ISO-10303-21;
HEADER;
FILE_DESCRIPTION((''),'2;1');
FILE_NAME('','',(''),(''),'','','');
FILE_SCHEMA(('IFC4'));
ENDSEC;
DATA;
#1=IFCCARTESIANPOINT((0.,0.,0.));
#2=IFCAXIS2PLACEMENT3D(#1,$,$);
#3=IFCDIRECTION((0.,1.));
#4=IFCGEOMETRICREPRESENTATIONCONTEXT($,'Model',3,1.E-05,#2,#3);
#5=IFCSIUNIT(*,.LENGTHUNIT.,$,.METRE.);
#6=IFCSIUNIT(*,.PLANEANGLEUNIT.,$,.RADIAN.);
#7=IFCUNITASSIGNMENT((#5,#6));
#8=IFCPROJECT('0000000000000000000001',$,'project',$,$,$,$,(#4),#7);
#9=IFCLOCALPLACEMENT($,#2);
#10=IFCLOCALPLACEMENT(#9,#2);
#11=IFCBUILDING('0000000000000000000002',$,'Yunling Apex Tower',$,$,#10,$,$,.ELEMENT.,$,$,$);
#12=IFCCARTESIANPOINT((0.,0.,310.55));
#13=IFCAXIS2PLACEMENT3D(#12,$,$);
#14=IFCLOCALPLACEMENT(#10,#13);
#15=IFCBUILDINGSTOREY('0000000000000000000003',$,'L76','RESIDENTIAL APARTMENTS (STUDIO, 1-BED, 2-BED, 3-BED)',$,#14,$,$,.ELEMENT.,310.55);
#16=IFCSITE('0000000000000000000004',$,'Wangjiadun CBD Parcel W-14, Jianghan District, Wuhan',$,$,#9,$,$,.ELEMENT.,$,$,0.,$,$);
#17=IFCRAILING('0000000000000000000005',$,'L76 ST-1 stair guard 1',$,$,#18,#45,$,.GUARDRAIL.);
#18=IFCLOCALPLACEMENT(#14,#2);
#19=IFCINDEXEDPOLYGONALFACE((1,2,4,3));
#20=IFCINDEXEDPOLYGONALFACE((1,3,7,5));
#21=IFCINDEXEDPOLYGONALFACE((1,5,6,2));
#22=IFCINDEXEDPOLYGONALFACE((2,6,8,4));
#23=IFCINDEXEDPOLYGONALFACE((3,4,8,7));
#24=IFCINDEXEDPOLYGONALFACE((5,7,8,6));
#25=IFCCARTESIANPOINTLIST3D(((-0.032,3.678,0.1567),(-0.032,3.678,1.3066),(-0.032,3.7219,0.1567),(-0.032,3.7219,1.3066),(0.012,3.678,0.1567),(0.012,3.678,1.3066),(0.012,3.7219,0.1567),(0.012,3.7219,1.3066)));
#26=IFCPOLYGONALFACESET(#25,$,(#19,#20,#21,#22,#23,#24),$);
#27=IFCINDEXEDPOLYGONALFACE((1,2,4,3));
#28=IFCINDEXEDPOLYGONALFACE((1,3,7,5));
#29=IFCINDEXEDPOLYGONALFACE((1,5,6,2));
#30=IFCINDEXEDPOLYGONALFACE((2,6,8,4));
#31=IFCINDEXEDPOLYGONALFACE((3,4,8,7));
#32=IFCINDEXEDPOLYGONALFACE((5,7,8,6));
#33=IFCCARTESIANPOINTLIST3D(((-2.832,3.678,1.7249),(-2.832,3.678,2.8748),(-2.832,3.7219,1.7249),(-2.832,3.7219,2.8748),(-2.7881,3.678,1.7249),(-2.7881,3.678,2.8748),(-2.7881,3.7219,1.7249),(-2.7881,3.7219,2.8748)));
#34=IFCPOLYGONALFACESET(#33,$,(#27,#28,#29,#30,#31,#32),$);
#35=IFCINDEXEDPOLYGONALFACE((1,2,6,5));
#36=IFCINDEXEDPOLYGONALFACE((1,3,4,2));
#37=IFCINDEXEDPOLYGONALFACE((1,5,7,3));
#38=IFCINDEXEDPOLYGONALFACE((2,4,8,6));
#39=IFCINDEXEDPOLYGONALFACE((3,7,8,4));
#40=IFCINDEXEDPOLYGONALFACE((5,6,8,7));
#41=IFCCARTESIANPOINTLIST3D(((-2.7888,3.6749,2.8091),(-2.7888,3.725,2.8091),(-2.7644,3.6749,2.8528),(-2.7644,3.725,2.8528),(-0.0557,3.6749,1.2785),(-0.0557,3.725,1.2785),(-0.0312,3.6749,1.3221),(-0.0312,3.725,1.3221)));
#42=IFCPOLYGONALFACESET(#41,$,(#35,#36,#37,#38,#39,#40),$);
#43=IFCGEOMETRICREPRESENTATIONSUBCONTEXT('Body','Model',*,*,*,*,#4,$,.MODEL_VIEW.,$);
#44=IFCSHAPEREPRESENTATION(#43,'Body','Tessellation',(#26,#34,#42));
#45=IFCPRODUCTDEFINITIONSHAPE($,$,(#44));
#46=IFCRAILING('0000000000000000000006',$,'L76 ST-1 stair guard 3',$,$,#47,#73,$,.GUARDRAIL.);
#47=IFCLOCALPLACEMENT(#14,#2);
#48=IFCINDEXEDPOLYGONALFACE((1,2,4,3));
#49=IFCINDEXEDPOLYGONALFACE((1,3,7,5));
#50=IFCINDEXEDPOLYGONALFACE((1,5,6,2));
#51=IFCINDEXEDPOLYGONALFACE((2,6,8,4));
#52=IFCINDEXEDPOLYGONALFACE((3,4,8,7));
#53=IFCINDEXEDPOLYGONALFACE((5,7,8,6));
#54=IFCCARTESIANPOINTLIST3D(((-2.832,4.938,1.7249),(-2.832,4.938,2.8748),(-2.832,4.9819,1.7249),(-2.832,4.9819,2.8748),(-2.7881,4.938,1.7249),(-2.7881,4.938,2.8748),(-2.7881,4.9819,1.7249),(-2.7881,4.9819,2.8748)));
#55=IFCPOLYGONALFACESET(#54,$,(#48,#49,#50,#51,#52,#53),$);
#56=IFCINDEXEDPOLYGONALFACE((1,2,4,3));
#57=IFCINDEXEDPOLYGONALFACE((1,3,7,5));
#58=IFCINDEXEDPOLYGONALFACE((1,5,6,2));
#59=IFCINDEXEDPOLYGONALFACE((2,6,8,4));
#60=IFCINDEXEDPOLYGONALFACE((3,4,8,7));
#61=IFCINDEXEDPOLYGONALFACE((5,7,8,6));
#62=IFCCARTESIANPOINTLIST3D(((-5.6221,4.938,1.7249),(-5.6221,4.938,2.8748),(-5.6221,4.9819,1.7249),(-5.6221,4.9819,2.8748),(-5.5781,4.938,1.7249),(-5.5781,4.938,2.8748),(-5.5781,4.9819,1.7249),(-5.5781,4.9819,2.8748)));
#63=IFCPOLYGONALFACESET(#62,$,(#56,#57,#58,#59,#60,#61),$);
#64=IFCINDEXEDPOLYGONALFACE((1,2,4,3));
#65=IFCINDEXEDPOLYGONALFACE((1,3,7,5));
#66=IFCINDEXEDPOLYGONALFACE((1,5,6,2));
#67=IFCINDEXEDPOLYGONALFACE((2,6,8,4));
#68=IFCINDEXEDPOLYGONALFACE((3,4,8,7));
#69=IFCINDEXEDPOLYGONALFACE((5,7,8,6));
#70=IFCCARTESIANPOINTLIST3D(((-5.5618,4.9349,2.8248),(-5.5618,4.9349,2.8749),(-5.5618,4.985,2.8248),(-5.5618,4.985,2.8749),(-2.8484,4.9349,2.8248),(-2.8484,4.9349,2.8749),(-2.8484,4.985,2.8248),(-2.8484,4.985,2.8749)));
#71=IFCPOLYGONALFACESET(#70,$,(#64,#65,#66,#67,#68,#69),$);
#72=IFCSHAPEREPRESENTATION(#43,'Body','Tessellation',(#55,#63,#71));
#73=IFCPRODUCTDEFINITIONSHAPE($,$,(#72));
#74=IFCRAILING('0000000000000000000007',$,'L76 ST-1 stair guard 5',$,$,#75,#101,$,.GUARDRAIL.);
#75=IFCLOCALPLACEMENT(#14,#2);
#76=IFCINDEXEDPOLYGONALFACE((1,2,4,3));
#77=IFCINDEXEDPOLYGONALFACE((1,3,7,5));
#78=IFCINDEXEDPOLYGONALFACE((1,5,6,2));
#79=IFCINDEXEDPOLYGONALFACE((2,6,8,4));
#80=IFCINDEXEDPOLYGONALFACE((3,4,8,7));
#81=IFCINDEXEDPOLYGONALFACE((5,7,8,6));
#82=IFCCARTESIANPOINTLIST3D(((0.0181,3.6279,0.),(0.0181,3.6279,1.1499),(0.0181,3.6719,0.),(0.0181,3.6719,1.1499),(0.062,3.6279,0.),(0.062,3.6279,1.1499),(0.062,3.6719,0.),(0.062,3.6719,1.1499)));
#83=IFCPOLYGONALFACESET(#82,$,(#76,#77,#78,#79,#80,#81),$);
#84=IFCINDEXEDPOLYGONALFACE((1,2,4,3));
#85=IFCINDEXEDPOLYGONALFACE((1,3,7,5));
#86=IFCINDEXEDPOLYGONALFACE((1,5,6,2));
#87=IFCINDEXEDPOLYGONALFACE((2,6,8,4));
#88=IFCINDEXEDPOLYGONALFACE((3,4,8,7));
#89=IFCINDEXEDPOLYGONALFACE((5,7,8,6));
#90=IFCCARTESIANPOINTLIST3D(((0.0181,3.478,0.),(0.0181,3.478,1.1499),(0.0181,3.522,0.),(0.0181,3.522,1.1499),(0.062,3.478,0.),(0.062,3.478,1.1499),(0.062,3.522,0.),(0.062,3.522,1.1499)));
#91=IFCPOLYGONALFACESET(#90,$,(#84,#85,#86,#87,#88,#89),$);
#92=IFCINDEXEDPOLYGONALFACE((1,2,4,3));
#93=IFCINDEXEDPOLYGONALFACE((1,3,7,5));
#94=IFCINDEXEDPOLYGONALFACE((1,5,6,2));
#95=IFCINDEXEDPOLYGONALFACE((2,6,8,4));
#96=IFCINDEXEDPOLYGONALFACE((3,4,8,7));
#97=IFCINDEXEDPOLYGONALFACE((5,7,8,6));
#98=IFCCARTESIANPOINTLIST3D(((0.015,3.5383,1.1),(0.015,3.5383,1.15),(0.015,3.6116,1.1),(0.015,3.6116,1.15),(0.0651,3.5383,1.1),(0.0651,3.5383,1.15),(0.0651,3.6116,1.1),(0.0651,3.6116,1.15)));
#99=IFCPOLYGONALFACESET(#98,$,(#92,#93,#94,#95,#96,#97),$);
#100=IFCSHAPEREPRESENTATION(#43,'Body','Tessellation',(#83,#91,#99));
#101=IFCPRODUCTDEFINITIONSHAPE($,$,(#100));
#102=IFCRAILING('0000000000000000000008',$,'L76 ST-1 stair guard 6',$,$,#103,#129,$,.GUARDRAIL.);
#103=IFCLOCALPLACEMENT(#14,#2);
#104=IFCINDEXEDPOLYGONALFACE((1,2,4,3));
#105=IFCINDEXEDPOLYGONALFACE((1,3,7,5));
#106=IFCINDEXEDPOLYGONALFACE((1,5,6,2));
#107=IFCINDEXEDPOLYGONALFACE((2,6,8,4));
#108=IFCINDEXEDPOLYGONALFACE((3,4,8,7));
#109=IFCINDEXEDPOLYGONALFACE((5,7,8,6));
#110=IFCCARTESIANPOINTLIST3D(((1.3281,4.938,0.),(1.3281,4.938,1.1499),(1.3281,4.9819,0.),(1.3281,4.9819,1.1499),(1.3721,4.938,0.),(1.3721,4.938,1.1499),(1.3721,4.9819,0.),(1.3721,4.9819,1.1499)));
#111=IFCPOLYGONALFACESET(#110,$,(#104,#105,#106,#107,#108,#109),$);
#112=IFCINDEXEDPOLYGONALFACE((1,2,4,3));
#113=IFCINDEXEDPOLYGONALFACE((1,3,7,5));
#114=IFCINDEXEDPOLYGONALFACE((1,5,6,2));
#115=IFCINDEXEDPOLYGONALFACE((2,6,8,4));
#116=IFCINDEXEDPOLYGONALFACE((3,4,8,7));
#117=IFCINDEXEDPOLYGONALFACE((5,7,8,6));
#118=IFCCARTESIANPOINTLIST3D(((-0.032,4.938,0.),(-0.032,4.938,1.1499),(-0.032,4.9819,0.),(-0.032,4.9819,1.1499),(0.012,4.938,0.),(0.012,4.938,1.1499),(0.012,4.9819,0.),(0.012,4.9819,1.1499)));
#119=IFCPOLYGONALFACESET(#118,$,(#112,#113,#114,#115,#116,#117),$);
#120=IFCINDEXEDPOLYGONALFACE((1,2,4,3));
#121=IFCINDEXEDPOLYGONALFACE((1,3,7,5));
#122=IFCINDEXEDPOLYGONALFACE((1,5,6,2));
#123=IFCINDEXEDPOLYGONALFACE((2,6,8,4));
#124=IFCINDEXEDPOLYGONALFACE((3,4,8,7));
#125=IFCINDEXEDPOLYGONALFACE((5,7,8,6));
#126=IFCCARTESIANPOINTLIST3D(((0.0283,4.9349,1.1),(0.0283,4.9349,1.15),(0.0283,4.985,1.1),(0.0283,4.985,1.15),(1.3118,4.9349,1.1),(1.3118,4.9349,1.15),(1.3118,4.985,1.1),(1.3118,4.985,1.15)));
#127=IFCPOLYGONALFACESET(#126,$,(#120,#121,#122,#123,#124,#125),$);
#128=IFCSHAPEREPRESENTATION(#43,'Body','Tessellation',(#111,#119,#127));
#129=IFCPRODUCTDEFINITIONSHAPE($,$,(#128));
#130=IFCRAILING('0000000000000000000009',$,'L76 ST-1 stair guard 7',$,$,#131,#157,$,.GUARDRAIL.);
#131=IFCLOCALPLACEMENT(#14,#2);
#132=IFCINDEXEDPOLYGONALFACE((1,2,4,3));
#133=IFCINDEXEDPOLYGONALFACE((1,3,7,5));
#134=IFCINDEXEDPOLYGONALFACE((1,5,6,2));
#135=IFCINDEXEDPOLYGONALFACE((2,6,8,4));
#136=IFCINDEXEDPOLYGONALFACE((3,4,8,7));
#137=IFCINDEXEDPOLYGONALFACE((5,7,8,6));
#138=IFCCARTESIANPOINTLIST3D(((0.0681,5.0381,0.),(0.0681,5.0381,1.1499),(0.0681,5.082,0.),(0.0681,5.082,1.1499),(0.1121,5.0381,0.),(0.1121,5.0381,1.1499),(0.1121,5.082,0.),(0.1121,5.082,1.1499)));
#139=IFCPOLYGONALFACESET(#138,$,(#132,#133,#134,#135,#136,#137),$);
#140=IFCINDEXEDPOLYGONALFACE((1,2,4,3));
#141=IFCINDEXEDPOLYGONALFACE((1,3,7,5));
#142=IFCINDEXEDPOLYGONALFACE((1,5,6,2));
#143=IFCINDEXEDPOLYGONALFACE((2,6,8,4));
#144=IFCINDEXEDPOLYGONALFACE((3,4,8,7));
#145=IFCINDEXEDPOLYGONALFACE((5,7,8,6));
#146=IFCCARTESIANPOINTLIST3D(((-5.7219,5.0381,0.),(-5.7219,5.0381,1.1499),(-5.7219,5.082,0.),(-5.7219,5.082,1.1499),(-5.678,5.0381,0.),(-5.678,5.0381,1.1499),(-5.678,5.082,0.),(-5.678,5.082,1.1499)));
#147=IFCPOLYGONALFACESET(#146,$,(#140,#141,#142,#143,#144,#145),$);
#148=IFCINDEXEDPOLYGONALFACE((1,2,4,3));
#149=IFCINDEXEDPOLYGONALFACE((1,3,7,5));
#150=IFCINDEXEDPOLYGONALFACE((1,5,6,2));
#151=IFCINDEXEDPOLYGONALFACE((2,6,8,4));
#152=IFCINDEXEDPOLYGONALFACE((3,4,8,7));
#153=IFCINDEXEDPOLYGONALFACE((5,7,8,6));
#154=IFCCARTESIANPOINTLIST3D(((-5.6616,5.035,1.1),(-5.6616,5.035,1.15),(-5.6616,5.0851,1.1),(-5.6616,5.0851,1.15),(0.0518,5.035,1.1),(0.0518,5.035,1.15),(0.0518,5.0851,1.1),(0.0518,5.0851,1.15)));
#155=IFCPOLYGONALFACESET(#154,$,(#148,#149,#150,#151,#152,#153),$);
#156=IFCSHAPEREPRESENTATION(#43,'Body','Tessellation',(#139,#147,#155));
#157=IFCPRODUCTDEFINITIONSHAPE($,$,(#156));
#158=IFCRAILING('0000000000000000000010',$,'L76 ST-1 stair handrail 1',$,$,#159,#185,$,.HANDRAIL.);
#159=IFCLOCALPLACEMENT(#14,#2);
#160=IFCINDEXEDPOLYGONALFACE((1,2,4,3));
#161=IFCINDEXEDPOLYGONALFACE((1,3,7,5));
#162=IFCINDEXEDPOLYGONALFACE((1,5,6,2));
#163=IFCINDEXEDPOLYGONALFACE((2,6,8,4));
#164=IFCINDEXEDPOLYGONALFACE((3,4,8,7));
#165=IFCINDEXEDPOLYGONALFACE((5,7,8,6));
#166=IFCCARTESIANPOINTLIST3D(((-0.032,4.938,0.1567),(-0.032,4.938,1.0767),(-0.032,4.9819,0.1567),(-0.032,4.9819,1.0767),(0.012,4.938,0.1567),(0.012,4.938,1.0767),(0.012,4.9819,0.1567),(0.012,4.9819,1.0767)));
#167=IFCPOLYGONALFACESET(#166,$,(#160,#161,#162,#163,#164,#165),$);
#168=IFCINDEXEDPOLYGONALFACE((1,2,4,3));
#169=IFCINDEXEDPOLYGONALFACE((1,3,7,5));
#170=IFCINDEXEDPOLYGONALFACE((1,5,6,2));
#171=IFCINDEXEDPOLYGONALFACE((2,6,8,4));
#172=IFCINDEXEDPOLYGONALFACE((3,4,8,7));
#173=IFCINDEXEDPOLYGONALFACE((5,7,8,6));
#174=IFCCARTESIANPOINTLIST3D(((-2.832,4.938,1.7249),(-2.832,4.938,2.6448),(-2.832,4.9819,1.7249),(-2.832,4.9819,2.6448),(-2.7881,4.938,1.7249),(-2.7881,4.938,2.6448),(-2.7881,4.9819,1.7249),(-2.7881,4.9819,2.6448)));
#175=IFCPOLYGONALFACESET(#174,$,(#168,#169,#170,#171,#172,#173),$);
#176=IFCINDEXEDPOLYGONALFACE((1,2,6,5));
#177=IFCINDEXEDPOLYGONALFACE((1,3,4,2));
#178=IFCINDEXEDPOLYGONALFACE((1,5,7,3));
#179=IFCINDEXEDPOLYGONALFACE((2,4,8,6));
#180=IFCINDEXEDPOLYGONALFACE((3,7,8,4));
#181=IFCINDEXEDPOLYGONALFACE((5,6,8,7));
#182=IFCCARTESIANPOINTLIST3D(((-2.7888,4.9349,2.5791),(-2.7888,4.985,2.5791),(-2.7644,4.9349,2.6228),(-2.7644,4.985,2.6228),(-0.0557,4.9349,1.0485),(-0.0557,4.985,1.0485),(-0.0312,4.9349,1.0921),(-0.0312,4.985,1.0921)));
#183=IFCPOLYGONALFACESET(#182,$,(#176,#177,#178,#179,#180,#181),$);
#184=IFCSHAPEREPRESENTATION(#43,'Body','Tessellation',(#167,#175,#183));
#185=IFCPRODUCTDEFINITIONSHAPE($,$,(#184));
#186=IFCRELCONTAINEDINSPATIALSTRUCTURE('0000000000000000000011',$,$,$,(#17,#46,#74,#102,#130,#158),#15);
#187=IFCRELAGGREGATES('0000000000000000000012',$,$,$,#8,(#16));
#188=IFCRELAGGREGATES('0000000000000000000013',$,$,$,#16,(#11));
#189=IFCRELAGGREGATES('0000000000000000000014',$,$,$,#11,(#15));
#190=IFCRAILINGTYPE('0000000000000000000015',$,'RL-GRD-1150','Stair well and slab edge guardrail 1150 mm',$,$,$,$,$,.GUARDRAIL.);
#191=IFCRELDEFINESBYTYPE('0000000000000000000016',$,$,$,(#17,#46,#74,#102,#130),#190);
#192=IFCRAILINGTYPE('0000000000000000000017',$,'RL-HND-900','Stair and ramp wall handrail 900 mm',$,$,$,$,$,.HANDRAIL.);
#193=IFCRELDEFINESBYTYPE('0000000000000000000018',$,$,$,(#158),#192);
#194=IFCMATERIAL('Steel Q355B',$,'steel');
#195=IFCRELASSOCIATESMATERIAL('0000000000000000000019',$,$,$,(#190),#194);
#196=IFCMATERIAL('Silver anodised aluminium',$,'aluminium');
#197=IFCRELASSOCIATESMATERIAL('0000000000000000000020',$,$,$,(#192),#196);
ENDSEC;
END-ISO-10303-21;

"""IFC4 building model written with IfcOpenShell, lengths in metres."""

from ifc_helpers import new_model, si_unit, direction, frame, origin, origin_2d, place, context, subcontext, project, spatial, rectangle, extrude, material, type_object, element, save


model = new_model("IFC4")

# Units and contexts
model_context = context("Model", 3, precision=1e-05, world=origin(), true_north=direction((0.0, 1.0)))
body_context = subcontext(model_context, "Body", "Model", "MODEL_VIEW")
ifc_project = project(units=[si_unit("LENGTHUNIT", "METRE"), si_unit("PLANEANGLEUNIT", "RADIAN")], contexts=[model_context])

# Site, building, storey
site_placement = place(None, origin())
site = spatial("IfcSite", under=ifc_project, at=site_placement, Name="Wangjiadun CBD Parcel W-14, Jianghan District, Wuhan", CompositionType="ELEMENT", RefElevation=0.0)
building_placement = place(site_placement, origin())
building = spatial("IfcBuilding", under=site, at=building_placement, Name="Yunling Apex Tower", CompositionType="ELEMENT")
storey_placement = place(building_placement, frame((0.0, 0.0, 310.55)))
storey = spatial("IfcBuildingStorey", under=building, at=storey_placement, Name="L76", Description="RESIDENTIAL APARTMENTS (STUDIO, 1-BED, 2-BED, 3-BED)", CompositionType="ELEMENT", Elevation=310.55)

# Shared definitions
ifc_material_1 = material(Name="Steel Q355B", Category="steel")

# Railings
railing_type_1 = type_object("IfcRailingType", Name="RL-GRD-1150", Description="Stair well and slab edge guardrail 1150 mm", PredefinedType="GUARDRAIL", material=ifc_material_1)
railing_1_placement = place(storey_placement, frame((-0.01, 3.7, 0.1567)))
element("IfcRailing", 1, at=railing_1_placement, inside=storey, type_object=railing_type_1, Name="L76 ST-1 stair guard 1", PredefinedType="GUARDRAIL", context=body_context, shape_type="SweptSolid", body=[
    extrude(rectangle(XDim=0.0439, YDim=0.0439, at=origin_2d()), origin(), (0.0, 0.0, 1.0), 1.1499),
    extrude(rectangle(XDim=0.0439, YDim=0.0439, at=origin_2d()), frame((-2.8, 0.0, 1.5681)), (0.0, 0.0, 1.0), 1.1499),
    extrude(rectangle(XDim=0.05, YDim=0.05, at=origin_2d()), frame((-0.0334, 0.0, 1.1436), z_axis=(-0.872494, 0.0, 0.488624), x_axis=(0.0, -1.0, 0.0)), (0.0, 0.0, 1.0), 3.1326),
])
railing_2_placement = place(storey_placement, frame((-2.8101, 4.96, 1.7249)))
element("IfcRailing", 2, at=railing_2_placement, inside=storey, type_object=railing_type_1, Name="L76 ST-1 stair guard 3", PredefinedType="GUARDRAIL", context=body_context, shape_type="SweptSolid", body=[
    extrude(rectangle(XDim=0.0439, YDim=0.0439, at=origin_2d()), origin(), (0.0, 0.0, 1.0), 1.1499),
    extrude(rectangle(XDim=0.0439, YDim=0.0439, at=origin_2d()), frame((-2.79, 0.0, 0.0)), (0.0, 0.0, 1.0), 1.1499),
    extrude(rectangle(XDim=0.05, YDim=0.05, at=origin_2d()), frame((-0.0383, 0.0, 1.125), z_axis=(-1.0, 0.0, 0.0), x_axis=(0.0, -1.0, 0.0)), (0.0, 0.0, 1.0), 2.7134),
])
railing_3_placement = place(storey_placement, frame((0.04, 3.6499, 0.0)))
element("IfcRailing", 3, at=railing_3_placement, inside=storey, type_object=railing_type_1, Name="L76 ST-1 stair guard 5", PredefinedType="GUARDRAIL", context=body_context, shape_type="SweptSolid", body=[
    extrude(rectangle(XDim=0.0439, YDim=0.0439, at=origin_2d()), origin(), (0.0, 0.0, 1.0), 1.1499),
    extrude(rectangle(XDim=0.0439, YDim=0.0439, at=origin_2d()), frame((0.0, -0.1499, 0.0)), (0.0, 0.0, 1.0), 1.1499),
    extrude(rectangle(XDim=0.05, YDim=0.05, at=origin_2d()), frame((0.0, -0.0383, 1.125), z_axis=(0.0, -1.0, 0.0), x_axis=(1.0, 0.0, 0.0)), (0.0, 0.0, 1.0), 0.0732),
])
railing_4_placement = place(storey_placement, frame((1.3501, 4.96, 0.0)))
element("IfcRailing", 4, at=railing_4_placement, inside=storey, type_object=railing_type_1, Name="L76 ST-1 stair guard 6", PredefinedType="GUARDRAIL", context=body_context, shape_type="SweptSolid", body=[
    extrude(rectangle(XDim=0.0439, YDim=0.0439, at=origin_2d()), origin(), (0.0, 0.0, 1.0), 1.1499),
    extrude(rectangle(XDim=0.0439, YDim=0.0439, at=origin_2d()), frame((-1.3601, 0.0, 0.0)), (0.0, 0.0, 1.0), 1.1499),
    extrude(rectangle(XDim=0.05, YDim=0.05, at=origin_2d()), frame((-0.0383, 0.0, 1.125), z_axis=(-1.0, 0.0, 0.0), x_axis=(0.0, -1.0, 0.0)), (0.0, 0.0, 1.0), 1.2834),
])
railing_5_placement = place(storey_placement, frame((0.0901, 5.0601, 0.0)))
element("IfcRailing", 5, at=railing_5_placement, inside=storey, type_object=railing_type_1, Name="L76 ST-1 stair guard 7", PredefinedType="GUARDRAIL", context=body_context, shape_type="SweptSolid", body=[
    extrude(rectangle(XDim=0.0439, YDim=0.0439, at=origin_2d()), origin(), (0.0, 0.0, 1.0), 1.1499),
    extrude(rectangle(XDim=0.0439, YDim=0.0439, at=origin_2d()), frame((-5.79, 0.0, 0.0)), (0.0, 0.0, 1.0), 1.1499),
    extrude(rectangle(XDim=0.05, YDim=0.05, at=origin_2d()), frame((-0.0383, 0.0, 1.125), z_axis=(-1.0, 0.0, 0.0), x_axis=(0.0, -1.0, 0.0)), (0.0, 0.0, 1.0), 5.7134),
])
ifc_material_2 = material(Name="Silver anodised aluminium", Category="aluminium")
railing_type_2 = type_object("IfcRailingType", Name="RL-HND-900", Description="Stair and ramp wall handrail 900 mm", PredefinedType="HANDRAIL", material=ifc_material_2)
railing_6_placement = place(storey_placement, frame((-0.01, 4.96, 0.1567)))
element("IfcRailing", 6, at=railing_6_placement, inside=storey, type_object=railing_type_2, Name="L76 ST-1 stair handrail 1", PredefinedType="HANDRAIL", context=body_context, shape_type="SweptSolid", body=[
    extrude(rectangle(XDim=0.0439, YDim=0.0439, at=origin_2d()), origin(), (0.0, 0.0, 1.0), 0.9199),
    extrude(rectangle(XDim=0.0439, YDim=0.0439, at=origin_2d()), frame((-2.8, 0.0, 1.5681)), (0.0, 0.0, 1.0), 0.9199),
    extrude(rectangle(XDim=0.05, YDim=0.05, at=origin_2d()), frame((-0.0334, 0.0, 0.9136), z_axis=(-0.872494, 0.0, 0.488624), x_axis=(0.0, -1.0, 0.0)), (0.0, 0.0, 1.0), 3.1326),
])

save(model, "model.ifc")
